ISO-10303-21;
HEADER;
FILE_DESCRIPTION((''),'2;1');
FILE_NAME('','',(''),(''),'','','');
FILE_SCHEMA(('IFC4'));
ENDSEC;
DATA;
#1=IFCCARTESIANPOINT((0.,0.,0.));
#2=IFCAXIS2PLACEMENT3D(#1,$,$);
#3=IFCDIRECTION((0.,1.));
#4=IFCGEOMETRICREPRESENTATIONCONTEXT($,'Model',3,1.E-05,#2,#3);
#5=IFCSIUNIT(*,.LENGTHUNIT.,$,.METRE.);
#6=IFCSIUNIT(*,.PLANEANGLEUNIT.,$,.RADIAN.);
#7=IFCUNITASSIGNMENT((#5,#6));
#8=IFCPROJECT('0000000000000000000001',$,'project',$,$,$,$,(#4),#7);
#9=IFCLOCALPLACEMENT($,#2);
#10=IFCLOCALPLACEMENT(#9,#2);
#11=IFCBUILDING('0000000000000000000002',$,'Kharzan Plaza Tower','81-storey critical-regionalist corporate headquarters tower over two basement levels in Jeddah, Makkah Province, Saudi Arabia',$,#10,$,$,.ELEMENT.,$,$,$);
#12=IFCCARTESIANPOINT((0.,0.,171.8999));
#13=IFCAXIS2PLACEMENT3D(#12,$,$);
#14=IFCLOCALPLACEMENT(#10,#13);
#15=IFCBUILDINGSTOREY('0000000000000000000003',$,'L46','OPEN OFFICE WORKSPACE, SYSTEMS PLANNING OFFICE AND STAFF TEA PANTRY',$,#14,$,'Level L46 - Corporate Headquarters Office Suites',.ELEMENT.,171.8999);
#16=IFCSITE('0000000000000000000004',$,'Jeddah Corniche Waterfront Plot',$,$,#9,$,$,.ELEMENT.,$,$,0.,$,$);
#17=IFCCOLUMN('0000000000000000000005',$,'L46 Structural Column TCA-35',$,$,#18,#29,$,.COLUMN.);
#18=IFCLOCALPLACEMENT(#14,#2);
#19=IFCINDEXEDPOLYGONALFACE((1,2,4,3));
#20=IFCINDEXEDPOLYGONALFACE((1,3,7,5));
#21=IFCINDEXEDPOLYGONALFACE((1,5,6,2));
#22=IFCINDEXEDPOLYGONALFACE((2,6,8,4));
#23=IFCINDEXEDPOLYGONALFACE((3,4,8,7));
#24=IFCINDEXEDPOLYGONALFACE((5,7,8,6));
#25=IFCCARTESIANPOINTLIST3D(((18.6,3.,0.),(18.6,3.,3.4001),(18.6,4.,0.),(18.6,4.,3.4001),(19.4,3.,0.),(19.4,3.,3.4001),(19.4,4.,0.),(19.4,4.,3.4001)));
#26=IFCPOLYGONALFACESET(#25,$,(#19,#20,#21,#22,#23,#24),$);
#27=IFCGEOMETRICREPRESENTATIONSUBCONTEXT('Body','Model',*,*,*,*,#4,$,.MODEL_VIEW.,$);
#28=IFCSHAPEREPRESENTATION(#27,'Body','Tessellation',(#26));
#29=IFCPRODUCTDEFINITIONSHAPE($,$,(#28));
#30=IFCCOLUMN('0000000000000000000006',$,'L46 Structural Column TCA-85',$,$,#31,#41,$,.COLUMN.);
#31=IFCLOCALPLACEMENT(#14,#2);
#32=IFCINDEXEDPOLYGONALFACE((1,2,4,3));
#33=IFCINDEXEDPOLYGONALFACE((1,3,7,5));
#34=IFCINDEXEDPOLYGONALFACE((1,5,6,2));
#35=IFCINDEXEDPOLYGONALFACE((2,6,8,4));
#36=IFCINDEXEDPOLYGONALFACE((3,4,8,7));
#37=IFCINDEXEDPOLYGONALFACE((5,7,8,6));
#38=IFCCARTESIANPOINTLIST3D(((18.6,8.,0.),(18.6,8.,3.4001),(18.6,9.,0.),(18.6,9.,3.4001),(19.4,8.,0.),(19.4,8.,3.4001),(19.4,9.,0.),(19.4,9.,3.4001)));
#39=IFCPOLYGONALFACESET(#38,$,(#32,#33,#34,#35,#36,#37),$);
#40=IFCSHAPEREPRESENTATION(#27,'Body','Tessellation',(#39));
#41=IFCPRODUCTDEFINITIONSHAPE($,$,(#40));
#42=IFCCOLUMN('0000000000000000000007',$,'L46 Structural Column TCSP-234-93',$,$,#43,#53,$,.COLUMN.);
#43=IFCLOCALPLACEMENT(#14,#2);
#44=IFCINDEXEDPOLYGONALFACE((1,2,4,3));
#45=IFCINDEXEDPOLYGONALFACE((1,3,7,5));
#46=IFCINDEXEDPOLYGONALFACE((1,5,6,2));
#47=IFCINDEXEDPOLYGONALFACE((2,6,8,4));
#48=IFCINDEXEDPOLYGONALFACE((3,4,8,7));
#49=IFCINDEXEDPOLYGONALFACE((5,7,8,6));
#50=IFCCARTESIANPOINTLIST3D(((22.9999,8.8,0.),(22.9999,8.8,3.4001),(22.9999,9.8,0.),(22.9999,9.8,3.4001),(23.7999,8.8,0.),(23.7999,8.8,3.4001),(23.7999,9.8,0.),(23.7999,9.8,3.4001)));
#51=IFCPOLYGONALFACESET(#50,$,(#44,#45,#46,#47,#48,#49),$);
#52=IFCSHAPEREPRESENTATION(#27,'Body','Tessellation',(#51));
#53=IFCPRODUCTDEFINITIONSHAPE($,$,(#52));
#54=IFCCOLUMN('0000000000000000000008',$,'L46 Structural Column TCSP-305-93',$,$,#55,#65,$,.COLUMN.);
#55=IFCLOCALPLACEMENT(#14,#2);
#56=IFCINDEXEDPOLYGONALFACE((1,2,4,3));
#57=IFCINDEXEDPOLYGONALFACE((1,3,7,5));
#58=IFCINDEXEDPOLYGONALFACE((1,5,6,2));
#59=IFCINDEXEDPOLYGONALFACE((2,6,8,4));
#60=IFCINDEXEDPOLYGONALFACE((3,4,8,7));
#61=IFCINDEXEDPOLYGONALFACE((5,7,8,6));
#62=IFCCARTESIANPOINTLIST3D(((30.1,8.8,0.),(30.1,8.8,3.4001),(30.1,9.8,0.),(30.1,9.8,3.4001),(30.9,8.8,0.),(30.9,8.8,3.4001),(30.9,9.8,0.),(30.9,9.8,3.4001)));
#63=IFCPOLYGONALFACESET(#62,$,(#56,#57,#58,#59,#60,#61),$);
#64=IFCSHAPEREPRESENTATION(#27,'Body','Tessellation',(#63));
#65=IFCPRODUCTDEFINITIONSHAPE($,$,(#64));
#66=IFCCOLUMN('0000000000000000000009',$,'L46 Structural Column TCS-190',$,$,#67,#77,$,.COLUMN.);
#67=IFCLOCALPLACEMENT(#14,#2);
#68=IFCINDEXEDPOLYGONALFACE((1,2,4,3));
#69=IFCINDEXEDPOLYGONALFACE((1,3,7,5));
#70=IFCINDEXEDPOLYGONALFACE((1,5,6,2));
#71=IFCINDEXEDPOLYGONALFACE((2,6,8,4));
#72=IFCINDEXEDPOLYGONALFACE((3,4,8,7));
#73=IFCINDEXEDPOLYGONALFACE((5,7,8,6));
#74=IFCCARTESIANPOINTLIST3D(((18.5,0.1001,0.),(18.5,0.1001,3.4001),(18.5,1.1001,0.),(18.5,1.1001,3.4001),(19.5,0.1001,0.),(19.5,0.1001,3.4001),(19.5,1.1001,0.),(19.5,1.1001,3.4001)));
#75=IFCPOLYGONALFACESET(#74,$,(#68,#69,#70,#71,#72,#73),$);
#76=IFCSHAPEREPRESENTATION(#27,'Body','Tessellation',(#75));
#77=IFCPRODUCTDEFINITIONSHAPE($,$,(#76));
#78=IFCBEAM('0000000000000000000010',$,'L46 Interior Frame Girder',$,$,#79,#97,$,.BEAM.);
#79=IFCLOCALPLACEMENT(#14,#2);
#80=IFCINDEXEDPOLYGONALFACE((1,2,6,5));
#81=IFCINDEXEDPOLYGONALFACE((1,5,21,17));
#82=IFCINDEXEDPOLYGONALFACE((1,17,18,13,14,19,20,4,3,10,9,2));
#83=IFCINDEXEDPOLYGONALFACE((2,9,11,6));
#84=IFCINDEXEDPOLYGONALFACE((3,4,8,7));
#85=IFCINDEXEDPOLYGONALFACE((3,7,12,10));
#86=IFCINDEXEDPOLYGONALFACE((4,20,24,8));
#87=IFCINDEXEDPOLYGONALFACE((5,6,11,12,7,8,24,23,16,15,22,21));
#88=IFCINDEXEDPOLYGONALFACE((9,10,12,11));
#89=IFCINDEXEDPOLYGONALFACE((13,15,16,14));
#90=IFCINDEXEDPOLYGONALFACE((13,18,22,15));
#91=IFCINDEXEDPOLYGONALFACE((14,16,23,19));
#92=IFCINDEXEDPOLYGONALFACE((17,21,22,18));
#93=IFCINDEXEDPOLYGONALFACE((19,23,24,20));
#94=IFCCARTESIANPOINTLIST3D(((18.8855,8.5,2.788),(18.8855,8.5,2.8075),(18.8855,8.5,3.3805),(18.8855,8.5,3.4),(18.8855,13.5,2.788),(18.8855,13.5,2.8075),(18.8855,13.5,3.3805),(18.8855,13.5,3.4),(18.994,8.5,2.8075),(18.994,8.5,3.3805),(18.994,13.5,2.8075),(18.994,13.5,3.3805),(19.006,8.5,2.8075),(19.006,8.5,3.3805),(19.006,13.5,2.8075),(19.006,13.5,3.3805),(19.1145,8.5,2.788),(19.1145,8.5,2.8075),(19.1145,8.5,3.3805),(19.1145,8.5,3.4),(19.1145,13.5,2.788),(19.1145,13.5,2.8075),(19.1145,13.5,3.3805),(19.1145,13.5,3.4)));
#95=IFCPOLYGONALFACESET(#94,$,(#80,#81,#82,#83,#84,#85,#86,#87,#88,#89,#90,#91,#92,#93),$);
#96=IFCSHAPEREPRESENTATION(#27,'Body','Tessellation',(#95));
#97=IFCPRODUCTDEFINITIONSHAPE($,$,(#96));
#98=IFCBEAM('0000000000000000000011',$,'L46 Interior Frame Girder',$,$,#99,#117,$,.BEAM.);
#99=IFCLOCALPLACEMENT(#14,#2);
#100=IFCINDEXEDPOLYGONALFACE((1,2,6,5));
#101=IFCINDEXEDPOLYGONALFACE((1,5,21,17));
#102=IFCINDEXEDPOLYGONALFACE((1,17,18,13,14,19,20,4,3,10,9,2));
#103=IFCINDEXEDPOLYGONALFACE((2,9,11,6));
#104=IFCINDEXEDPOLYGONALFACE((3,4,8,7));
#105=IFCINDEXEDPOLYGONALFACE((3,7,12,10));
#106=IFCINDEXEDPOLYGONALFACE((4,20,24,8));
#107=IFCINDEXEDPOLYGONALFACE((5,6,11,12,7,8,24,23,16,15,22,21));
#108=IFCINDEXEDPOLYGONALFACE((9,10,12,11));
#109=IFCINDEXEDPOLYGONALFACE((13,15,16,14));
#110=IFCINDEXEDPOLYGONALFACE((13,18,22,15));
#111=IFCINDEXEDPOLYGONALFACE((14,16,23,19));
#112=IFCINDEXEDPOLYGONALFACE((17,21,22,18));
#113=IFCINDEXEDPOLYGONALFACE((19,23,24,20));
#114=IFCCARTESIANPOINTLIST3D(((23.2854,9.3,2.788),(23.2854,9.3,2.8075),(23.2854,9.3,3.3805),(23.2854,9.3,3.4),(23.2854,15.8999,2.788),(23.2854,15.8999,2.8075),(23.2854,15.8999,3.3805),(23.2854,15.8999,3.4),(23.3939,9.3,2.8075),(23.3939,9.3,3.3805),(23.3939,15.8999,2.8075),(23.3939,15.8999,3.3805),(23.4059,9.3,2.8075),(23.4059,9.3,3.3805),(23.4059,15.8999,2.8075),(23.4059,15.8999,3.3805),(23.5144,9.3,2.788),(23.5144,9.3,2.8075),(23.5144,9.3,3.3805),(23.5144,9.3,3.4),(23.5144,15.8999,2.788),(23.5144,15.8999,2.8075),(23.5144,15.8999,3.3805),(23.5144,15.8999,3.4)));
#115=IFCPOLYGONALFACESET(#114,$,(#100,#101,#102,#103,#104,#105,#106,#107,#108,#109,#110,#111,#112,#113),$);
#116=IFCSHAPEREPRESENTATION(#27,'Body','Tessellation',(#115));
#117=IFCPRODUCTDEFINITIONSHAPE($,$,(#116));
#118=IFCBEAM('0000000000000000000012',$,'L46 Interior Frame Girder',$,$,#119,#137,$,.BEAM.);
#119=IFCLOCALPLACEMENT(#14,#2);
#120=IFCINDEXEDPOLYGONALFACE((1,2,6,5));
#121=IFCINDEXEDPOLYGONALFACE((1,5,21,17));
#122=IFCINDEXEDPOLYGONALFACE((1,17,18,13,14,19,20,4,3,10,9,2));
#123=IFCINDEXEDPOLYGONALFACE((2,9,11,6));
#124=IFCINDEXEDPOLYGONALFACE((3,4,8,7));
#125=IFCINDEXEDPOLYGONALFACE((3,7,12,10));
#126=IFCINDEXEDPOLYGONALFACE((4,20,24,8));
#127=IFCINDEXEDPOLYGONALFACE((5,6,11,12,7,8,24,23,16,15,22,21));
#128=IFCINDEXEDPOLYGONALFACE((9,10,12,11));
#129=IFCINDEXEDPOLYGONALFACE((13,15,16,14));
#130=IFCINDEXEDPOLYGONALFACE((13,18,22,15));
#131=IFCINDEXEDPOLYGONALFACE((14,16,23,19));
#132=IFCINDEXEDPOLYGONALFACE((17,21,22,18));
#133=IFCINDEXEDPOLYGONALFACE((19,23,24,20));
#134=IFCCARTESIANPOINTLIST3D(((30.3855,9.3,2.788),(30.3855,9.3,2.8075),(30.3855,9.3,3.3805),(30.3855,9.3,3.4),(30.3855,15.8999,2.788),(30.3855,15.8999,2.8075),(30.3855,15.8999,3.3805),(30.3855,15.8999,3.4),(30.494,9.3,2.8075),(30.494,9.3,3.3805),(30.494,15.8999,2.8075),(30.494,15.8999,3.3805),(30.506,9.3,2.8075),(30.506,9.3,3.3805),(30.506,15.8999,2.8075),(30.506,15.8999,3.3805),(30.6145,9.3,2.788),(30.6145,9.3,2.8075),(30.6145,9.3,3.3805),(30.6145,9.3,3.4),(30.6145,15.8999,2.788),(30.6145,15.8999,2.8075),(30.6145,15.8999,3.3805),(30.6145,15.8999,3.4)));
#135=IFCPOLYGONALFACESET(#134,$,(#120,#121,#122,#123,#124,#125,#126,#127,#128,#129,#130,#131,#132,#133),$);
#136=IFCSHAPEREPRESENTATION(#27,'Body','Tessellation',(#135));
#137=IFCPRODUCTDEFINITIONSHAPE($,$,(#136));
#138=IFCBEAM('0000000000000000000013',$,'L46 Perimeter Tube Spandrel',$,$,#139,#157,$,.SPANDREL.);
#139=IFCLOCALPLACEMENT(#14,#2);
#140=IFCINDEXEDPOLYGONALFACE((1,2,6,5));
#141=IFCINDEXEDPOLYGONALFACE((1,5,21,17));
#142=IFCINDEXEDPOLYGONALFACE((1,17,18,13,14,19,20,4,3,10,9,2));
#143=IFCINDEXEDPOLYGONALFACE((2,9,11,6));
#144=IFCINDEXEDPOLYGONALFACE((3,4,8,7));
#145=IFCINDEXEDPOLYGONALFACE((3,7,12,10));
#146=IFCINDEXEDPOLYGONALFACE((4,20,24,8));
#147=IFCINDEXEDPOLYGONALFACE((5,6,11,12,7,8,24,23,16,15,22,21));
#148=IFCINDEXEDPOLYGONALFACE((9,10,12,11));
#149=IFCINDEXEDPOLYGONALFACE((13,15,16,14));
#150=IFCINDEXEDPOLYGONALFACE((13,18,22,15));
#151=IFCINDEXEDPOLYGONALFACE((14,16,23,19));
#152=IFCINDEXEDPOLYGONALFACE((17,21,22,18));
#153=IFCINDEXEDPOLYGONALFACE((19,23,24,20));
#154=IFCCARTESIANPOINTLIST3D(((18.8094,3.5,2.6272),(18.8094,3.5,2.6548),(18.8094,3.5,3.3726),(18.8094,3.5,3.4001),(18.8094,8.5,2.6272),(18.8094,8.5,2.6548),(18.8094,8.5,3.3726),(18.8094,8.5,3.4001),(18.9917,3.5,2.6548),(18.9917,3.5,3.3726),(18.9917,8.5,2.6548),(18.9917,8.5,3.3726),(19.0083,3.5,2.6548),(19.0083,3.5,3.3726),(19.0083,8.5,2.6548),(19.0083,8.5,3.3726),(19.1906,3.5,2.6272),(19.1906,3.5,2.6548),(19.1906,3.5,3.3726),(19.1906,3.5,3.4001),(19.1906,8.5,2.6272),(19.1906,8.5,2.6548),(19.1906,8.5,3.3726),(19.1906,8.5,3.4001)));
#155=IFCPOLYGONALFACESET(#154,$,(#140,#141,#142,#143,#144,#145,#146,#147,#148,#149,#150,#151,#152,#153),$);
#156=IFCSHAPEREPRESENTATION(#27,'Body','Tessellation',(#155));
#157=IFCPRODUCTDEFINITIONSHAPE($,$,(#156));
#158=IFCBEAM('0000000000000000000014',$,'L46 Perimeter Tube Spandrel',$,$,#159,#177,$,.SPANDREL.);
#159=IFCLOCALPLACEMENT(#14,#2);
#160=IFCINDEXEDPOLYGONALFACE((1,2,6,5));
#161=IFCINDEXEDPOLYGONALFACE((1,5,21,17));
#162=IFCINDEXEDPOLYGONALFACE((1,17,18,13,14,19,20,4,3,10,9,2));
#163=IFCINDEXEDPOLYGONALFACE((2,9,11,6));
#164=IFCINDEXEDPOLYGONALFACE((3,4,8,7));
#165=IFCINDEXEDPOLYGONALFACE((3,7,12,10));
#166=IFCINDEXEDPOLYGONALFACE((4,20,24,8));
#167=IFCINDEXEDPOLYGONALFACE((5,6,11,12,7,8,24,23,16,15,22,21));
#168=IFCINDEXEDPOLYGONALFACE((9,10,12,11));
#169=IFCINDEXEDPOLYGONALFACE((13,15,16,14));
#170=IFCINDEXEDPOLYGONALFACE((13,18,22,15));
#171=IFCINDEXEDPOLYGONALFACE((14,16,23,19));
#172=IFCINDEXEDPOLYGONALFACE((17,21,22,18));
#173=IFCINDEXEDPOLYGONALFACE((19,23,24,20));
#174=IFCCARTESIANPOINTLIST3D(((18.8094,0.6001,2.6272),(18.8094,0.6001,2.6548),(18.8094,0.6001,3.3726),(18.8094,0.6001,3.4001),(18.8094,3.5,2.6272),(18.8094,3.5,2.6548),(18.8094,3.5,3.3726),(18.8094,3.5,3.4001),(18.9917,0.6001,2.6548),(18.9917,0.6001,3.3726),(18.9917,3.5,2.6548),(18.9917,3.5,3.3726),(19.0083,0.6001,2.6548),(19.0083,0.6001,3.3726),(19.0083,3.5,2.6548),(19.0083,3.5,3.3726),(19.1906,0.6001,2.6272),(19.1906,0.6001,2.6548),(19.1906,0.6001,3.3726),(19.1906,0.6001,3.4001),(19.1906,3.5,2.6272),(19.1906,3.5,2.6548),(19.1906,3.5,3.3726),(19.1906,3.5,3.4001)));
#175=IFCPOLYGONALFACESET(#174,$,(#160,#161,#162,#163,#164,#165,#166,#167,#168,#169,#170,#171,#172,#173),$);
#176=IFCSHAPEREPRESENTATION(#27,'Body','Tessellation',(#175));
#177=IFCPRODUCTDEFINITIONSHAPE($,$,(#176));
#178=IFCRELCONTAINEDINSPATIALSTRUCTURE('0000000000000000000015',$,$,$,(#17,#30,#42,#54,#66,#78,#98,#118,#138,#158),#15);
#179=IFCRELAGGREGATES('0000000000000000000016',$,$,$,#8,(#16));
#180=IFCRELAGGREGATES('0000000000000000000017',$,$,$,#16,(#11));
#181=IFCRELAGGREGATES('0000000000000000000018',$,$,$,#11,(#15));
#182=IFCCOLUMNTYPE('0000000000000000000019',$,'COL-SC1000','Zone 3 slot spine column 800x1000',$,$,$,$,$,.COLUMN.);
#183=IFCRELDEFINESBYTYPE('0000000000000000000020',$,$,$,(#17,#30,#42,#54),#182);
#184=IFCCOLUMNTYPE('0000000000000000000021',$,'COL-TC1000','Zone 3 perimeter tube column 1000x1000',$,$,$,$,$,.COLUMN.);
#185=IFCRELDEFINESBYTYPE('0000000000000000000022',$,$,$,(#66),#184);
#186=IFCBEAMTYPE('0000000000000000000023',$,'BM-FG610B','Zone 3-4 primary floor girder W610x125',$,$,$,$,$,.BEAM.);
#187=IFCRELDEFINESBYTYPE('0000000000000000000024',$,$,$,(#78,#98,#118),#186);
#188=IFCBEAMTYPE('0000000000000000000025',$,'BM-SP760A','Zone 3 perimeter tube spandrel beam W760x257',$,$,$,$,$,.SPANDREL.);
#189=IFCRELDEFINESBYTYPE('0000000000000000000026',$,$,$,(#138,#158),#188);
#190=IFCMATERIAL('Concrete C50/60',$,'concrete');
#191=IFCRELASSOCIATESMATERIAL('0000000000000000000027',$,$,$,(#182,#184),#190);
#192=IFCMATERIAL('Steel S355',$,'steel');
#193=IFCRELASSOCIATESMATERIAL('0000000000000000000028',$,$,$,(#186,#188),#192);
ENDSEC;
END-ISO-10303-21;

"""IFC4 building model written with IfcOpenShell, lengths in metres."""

from ifc_helpers import new_model, si_unit, direction, frame, origin, origin_2d, place, context, subcontext, project, spatial, rectangle, i_section, extrude, source, transform, mapped, material, material_profile, profile_set, type_object, element, save


model = new_model("IFC4")

# Units and contexts
model_context = context("Model", 3, precision=1e-05, world=origin(), true_north=direction((0.0, 1.0)))
body_context = subcontext(model_context, "Body", "Model", "MODEL_VIEW")
ifc_project = project(units=[si_unit("LENGTHUNIT", "METRE"), si_unit("PLANEANGLEUNIT", "RADIAN")], contexts=[model_context])

# Site, building, storey
site_placement = place(None, origin())
site = spatial("IfcSite", under=ifc_project, at=site_placement, Name="Jeddah Corniche Waterfront Plot", CompositionType="ELEMENT", RefElevation=0.0)
building_placement = place(site_placement, origin())
building = spatial("IfcBuilding", under=site, at=building_placement, Name="Kharzan Plaza Tower", Description="81-storey critical-regionalist corporate headquarters tower over two basement levels in Jeddah, Makkah Province, Saudi Arabia", CompositionType="ELEMENT")
storey_placement = place(building_placement, frame((0.0, 0.0, 171.8999)))
storey = spatial("IfcBuildingStorey", under=building, at=storey_placement, Name="L46", Description="OPEN OFFICE WORKSPACE, SYSTEMS PLANNING OFFICE AND STAFF TEA PANTRY", LongName="Level L46 - Corporate Headquarters Office Suites", CompositionType="ELEMENT", Elevation=171.8999)

# Columns
ifc_material_1 = material(Name="Concrete C50/60", Category="concrete")
ifc_material_profile_1 = material_profile(ifc_material_1, rectangle(XDim=0.8, YDim=1.0, at=origin_2d()), Name="RC-SC1000x800")
ifc_profile_set_1 = profile_set([ifc_material_profile_1], Name="Concrete C50/60")
column_type_1 = type_object("IfcColumnType", Name="COL-SC1000", Description="Zone 3 slot spine column 800x1000", PredefinedType="COLUMN", material=ifc_profile_set_1)
shared_shape_1 = source(origin(), body_context, "Body", "SweptSolid", [
    extrude(rectangle(XDim=0.8, YDim=1.0, at=origin_2d()), origin(), (0.0, 0.0, 1.0), 3.4001),
])
for number, where, z_axis, x_axis, name in (
    (1, (19.0, 3.5, 0.0), (0.0, 0.0, 1.0), (1.0, 0.0, 0.0), "L46 Structural Column TCA-35"),
    (2, (19.0, 8.5, 0.0), (0.0, 0.0, 1.0), (1.0, 0.0, 0.0), "L46 Structural Column TCA-85"),
    (3, (23.3999, 9.3, 0.0), (0.0, 0.0, 1.0), (1.0, 0.0, 0.0), "L46 Structural Column TCSP-234-93"),
    (4, (30.5, 9.3, 0.0), (0.0, 0.0, 1.0), (1.0, 0.0, 0.0), "L46 Structural Column TCSP-305-93"),
):
    element("IfcColumn", number, at=place(storey_placement, frame(where, z_axis=z_axis, x_axis=x_axis)), inside=storey, type_object=column_type_1, Name=name, PredefinedType="COLUMN", context=body_context, shape_type="MappedRepresentation", body=[
        mapped(shared_shape_1, transform((0.0, 0.0, 0.0), x_axis=(1.0, 0.0, 0.0), y_axis=(0.0, 1.0, 0.0), z_axis=(0.0, 0.0, 1.0))),
    ])
ifc_material_profile_2 = material_profile(ifc_material_1, rectangle(XDim=1.0, YDim=1.0, at=origin_2d()), Name="RC-TC1000x1000")
ifc_profile_set_2 = profile_set([ifc_material_profile_2], Name="Concrete C50/60")
column_type_2 = type_object("IfcColumnType", Name="COL-TC1000", Description="Zone 3 perimeter tube column 1000x1000", PredefinedType="COLUMN", material=ifc_profile_set_2)
shared_shape_2 = source(origin(), body_context, "Body", "SweptSolid", [
    extrude(rectangle(XDim=1.0, YDim=1.0, at=origin_2d()), origin(), (0.0, 0.0, 1.0), 3.4001),
])
column_placement = place(storey_placement, frame((19.0, 0.6001, 0.0), z_axis=(0.0, 0.0, 1.0), x_axis=(1.0, 0.0, 0.0)))
element("IfcColumn", 5, at=column_placement, inside=storey, type_object=column_type_2, Name="L46 Structural Column TCS-190", PredefinedType="COLUMN", context=body_context, shape_type="MappedRepresentation", body=[
    mapped(shared_shape_2, transform((0.0, 0.0, 0.0), x_axis=(1.0, 0.0, 0.0), y_axis=(0.0, 1.0, 0.0), z_axis=(0.0, 0.0, 1.0))),
])

# Beams
ifc_material_2 = material(Name="Steel S355", Category="steel")
ifc_material_profile_3 = material_profile(ifc_material_2, i_section(OverallWidth=0.229, OverallDepth=0.6121, WebThickness=0.012, FlangeThickness=0.0195, at=origin_2d()), Name="W610x125")
ifc_profile_set_3 = profile_set([ifc_material_profile_3], Name="Steel S355")
beam_type_1 = type_object("IfcBeamType", Name="BM-FG610B", Description="Zone 3-4 primary floor girder W610x125", PredefinedType="BEAM", material=ifc_profile_set_3)
shared_shape_3 = source(origin(), body_context, "Body", "SweptSolid", [
    extrude(i_section(OverallWidth=0.229, OverallDepth=0.6121, WebThickness=0.012, FlangeThickness=0.0195, at=origin_2d()), origin(), (0.0, 0.0, 1.0), 5.0),
])
beam_1_placement = place(storey_placement, frame((19.0, 8.5, 3.094), z_axis=(0.0, 1.0, 0.0), x_axis=(-1.0, 0.0, 0.0)))
element("IfcBeam", 6, at=beam_1_placement, inside=storey, type_object=beam_type_1, Name="L46 Interior Frame Girder", PredefinedType="BEAM", context=body_context, shape_type="MappedRepresentation", body=[
    mapped(shared_shape_3, transform((0.0, 0.0, 0.0), x_axis=(1.0, 0.0, 0.0), y_axis=(0.0, 1.0, 0.0), z_axis=(0.0, 0.0, 1.0))),
])
shared_shape_4 = source(origin(), body_context, "Body", "SweptSolid", [
    extrude(i_section(OverallWidth=0.229, OverallDepth=0.6121, WebThickness=0.012, FlangeThickness=0.0195, at=origin_2d()), origin(), (0.0, 0.0, 1.0), 6.5999),
])
for number, where, z_axis, x_axis, name in (
    (7, (23.3999, 9.3, 3.094), (0.0, 1.0, 0.0), (-1.0, 0.0, 0.0), "L46 Interior Frame Girder"),
    (8, (30.5, 9.3, 3.094), (0.0, 1.0, 0.0), (-1.0, 0.0, 0.0), "L46 Interior Frame Girder"),
):
    element("IfcBeam", number, at=place(storey_placement, frame(where, z_axis=z_axis, x_axis=x_axis)), inside=storey, type_object=beam_type_1, Name=name, PredefinedType="BEAM", context=body_context, shape_type="MappedRepresentation", body=[
        mapped(shared_shape_4, transform((0.0, 0.0, 0.0), x_axis=(1.0, 0.0, 0.0), y_axis=(0.0, 1.0, 0.0), z_axis=(0.0, 0.0, 1.0))),
    ])
ifc_material_profile_4 = material_profile(ifc_material_2, i_section(OverallWidth=0.3811, OverallDepth=0.7729, WebThickness=0.0166, FlangeThickness=0.0276, at=origin_2d()), Name="W760x257")
ifc_profile_set_4 = profile_set([ifc_material_profile_4], Name="Steel S355")
beam_type_2 = type_object("IfcBeamType", Name="BM-SP760A", Description="Zone 3 perimeter tube spandrel beam W760x257", PredefinedType="SPANDREL", material=ifc_profile_set_4)
shared_shape_5 = source(origin(), body_context, "Body", "SweptSolid", [
    extrude(i_section(OverallWidth=0.3811, OverallDepth=0.7729, WebThickness=0.0166, FlangeThickness=0.0276, at=origin_2d()), origin(), (0.0, 0.0, 1.0), 5.0),
])
beam_2_placement = place(storey_placement, frame((19.0, 3.5, 3.0137), z_axis=(0.0, 1.0, 0.0), x_axis=(-1.0, 0.0, 0.0)))
element("IfcBeam", 9, at=beam_2_placement, inside=storey, type_object=beam_type_2, Name="L46 Perimeter Tube Spandrel", PredefinedType="SPANDREL", context=body_context, shape_type="MappedRepresentation", body=[
    mapped(shared_shape_5, transform((0.0, 0.0, 0.0), x_axis=(1.0, 0.0, 0.0), y_axis=(0.0, 1.0, 0.0), z_axis=(0.0, 0.0, 1.0))),
])
shared_shape_6 = source(origin(), body_context, "Body", "SweptSolid", [
    extrude(i_section(OverallWidth=0.3811, OverallDepth=0.7729, WebThickness=0.0166, FlangeThickness=0.0276, at=origin_2d()), origin(), (0.0, 0.0, 1.0), 2.8999),
])
beam_3_placement = place(storey_placement, frame((19.0, 0.6001, 3.0137), z_axis=(0.0, 1.0, 0.0), x_axis=(-1.0, 0.0, 0.0)))
element("IfcBeam", 10, at=beam_3_placement, inside=storey, type_object=beam_type_2, Name="L46 Perimeter Tube Spandrel", PredefinedType="SPANDREL", context=body_context, shape_type="MappedRepresentation", body=[
    mapped(shared_shape_6, transform((0.0, 0.0, 0.0), x_axis=(1.0, 0.0, 0.0), y_axis=(0.0, 1.0, 0.0), z_axis=(0.0, 0.0, 1.0))),
])

save(model, "model.ifc")
